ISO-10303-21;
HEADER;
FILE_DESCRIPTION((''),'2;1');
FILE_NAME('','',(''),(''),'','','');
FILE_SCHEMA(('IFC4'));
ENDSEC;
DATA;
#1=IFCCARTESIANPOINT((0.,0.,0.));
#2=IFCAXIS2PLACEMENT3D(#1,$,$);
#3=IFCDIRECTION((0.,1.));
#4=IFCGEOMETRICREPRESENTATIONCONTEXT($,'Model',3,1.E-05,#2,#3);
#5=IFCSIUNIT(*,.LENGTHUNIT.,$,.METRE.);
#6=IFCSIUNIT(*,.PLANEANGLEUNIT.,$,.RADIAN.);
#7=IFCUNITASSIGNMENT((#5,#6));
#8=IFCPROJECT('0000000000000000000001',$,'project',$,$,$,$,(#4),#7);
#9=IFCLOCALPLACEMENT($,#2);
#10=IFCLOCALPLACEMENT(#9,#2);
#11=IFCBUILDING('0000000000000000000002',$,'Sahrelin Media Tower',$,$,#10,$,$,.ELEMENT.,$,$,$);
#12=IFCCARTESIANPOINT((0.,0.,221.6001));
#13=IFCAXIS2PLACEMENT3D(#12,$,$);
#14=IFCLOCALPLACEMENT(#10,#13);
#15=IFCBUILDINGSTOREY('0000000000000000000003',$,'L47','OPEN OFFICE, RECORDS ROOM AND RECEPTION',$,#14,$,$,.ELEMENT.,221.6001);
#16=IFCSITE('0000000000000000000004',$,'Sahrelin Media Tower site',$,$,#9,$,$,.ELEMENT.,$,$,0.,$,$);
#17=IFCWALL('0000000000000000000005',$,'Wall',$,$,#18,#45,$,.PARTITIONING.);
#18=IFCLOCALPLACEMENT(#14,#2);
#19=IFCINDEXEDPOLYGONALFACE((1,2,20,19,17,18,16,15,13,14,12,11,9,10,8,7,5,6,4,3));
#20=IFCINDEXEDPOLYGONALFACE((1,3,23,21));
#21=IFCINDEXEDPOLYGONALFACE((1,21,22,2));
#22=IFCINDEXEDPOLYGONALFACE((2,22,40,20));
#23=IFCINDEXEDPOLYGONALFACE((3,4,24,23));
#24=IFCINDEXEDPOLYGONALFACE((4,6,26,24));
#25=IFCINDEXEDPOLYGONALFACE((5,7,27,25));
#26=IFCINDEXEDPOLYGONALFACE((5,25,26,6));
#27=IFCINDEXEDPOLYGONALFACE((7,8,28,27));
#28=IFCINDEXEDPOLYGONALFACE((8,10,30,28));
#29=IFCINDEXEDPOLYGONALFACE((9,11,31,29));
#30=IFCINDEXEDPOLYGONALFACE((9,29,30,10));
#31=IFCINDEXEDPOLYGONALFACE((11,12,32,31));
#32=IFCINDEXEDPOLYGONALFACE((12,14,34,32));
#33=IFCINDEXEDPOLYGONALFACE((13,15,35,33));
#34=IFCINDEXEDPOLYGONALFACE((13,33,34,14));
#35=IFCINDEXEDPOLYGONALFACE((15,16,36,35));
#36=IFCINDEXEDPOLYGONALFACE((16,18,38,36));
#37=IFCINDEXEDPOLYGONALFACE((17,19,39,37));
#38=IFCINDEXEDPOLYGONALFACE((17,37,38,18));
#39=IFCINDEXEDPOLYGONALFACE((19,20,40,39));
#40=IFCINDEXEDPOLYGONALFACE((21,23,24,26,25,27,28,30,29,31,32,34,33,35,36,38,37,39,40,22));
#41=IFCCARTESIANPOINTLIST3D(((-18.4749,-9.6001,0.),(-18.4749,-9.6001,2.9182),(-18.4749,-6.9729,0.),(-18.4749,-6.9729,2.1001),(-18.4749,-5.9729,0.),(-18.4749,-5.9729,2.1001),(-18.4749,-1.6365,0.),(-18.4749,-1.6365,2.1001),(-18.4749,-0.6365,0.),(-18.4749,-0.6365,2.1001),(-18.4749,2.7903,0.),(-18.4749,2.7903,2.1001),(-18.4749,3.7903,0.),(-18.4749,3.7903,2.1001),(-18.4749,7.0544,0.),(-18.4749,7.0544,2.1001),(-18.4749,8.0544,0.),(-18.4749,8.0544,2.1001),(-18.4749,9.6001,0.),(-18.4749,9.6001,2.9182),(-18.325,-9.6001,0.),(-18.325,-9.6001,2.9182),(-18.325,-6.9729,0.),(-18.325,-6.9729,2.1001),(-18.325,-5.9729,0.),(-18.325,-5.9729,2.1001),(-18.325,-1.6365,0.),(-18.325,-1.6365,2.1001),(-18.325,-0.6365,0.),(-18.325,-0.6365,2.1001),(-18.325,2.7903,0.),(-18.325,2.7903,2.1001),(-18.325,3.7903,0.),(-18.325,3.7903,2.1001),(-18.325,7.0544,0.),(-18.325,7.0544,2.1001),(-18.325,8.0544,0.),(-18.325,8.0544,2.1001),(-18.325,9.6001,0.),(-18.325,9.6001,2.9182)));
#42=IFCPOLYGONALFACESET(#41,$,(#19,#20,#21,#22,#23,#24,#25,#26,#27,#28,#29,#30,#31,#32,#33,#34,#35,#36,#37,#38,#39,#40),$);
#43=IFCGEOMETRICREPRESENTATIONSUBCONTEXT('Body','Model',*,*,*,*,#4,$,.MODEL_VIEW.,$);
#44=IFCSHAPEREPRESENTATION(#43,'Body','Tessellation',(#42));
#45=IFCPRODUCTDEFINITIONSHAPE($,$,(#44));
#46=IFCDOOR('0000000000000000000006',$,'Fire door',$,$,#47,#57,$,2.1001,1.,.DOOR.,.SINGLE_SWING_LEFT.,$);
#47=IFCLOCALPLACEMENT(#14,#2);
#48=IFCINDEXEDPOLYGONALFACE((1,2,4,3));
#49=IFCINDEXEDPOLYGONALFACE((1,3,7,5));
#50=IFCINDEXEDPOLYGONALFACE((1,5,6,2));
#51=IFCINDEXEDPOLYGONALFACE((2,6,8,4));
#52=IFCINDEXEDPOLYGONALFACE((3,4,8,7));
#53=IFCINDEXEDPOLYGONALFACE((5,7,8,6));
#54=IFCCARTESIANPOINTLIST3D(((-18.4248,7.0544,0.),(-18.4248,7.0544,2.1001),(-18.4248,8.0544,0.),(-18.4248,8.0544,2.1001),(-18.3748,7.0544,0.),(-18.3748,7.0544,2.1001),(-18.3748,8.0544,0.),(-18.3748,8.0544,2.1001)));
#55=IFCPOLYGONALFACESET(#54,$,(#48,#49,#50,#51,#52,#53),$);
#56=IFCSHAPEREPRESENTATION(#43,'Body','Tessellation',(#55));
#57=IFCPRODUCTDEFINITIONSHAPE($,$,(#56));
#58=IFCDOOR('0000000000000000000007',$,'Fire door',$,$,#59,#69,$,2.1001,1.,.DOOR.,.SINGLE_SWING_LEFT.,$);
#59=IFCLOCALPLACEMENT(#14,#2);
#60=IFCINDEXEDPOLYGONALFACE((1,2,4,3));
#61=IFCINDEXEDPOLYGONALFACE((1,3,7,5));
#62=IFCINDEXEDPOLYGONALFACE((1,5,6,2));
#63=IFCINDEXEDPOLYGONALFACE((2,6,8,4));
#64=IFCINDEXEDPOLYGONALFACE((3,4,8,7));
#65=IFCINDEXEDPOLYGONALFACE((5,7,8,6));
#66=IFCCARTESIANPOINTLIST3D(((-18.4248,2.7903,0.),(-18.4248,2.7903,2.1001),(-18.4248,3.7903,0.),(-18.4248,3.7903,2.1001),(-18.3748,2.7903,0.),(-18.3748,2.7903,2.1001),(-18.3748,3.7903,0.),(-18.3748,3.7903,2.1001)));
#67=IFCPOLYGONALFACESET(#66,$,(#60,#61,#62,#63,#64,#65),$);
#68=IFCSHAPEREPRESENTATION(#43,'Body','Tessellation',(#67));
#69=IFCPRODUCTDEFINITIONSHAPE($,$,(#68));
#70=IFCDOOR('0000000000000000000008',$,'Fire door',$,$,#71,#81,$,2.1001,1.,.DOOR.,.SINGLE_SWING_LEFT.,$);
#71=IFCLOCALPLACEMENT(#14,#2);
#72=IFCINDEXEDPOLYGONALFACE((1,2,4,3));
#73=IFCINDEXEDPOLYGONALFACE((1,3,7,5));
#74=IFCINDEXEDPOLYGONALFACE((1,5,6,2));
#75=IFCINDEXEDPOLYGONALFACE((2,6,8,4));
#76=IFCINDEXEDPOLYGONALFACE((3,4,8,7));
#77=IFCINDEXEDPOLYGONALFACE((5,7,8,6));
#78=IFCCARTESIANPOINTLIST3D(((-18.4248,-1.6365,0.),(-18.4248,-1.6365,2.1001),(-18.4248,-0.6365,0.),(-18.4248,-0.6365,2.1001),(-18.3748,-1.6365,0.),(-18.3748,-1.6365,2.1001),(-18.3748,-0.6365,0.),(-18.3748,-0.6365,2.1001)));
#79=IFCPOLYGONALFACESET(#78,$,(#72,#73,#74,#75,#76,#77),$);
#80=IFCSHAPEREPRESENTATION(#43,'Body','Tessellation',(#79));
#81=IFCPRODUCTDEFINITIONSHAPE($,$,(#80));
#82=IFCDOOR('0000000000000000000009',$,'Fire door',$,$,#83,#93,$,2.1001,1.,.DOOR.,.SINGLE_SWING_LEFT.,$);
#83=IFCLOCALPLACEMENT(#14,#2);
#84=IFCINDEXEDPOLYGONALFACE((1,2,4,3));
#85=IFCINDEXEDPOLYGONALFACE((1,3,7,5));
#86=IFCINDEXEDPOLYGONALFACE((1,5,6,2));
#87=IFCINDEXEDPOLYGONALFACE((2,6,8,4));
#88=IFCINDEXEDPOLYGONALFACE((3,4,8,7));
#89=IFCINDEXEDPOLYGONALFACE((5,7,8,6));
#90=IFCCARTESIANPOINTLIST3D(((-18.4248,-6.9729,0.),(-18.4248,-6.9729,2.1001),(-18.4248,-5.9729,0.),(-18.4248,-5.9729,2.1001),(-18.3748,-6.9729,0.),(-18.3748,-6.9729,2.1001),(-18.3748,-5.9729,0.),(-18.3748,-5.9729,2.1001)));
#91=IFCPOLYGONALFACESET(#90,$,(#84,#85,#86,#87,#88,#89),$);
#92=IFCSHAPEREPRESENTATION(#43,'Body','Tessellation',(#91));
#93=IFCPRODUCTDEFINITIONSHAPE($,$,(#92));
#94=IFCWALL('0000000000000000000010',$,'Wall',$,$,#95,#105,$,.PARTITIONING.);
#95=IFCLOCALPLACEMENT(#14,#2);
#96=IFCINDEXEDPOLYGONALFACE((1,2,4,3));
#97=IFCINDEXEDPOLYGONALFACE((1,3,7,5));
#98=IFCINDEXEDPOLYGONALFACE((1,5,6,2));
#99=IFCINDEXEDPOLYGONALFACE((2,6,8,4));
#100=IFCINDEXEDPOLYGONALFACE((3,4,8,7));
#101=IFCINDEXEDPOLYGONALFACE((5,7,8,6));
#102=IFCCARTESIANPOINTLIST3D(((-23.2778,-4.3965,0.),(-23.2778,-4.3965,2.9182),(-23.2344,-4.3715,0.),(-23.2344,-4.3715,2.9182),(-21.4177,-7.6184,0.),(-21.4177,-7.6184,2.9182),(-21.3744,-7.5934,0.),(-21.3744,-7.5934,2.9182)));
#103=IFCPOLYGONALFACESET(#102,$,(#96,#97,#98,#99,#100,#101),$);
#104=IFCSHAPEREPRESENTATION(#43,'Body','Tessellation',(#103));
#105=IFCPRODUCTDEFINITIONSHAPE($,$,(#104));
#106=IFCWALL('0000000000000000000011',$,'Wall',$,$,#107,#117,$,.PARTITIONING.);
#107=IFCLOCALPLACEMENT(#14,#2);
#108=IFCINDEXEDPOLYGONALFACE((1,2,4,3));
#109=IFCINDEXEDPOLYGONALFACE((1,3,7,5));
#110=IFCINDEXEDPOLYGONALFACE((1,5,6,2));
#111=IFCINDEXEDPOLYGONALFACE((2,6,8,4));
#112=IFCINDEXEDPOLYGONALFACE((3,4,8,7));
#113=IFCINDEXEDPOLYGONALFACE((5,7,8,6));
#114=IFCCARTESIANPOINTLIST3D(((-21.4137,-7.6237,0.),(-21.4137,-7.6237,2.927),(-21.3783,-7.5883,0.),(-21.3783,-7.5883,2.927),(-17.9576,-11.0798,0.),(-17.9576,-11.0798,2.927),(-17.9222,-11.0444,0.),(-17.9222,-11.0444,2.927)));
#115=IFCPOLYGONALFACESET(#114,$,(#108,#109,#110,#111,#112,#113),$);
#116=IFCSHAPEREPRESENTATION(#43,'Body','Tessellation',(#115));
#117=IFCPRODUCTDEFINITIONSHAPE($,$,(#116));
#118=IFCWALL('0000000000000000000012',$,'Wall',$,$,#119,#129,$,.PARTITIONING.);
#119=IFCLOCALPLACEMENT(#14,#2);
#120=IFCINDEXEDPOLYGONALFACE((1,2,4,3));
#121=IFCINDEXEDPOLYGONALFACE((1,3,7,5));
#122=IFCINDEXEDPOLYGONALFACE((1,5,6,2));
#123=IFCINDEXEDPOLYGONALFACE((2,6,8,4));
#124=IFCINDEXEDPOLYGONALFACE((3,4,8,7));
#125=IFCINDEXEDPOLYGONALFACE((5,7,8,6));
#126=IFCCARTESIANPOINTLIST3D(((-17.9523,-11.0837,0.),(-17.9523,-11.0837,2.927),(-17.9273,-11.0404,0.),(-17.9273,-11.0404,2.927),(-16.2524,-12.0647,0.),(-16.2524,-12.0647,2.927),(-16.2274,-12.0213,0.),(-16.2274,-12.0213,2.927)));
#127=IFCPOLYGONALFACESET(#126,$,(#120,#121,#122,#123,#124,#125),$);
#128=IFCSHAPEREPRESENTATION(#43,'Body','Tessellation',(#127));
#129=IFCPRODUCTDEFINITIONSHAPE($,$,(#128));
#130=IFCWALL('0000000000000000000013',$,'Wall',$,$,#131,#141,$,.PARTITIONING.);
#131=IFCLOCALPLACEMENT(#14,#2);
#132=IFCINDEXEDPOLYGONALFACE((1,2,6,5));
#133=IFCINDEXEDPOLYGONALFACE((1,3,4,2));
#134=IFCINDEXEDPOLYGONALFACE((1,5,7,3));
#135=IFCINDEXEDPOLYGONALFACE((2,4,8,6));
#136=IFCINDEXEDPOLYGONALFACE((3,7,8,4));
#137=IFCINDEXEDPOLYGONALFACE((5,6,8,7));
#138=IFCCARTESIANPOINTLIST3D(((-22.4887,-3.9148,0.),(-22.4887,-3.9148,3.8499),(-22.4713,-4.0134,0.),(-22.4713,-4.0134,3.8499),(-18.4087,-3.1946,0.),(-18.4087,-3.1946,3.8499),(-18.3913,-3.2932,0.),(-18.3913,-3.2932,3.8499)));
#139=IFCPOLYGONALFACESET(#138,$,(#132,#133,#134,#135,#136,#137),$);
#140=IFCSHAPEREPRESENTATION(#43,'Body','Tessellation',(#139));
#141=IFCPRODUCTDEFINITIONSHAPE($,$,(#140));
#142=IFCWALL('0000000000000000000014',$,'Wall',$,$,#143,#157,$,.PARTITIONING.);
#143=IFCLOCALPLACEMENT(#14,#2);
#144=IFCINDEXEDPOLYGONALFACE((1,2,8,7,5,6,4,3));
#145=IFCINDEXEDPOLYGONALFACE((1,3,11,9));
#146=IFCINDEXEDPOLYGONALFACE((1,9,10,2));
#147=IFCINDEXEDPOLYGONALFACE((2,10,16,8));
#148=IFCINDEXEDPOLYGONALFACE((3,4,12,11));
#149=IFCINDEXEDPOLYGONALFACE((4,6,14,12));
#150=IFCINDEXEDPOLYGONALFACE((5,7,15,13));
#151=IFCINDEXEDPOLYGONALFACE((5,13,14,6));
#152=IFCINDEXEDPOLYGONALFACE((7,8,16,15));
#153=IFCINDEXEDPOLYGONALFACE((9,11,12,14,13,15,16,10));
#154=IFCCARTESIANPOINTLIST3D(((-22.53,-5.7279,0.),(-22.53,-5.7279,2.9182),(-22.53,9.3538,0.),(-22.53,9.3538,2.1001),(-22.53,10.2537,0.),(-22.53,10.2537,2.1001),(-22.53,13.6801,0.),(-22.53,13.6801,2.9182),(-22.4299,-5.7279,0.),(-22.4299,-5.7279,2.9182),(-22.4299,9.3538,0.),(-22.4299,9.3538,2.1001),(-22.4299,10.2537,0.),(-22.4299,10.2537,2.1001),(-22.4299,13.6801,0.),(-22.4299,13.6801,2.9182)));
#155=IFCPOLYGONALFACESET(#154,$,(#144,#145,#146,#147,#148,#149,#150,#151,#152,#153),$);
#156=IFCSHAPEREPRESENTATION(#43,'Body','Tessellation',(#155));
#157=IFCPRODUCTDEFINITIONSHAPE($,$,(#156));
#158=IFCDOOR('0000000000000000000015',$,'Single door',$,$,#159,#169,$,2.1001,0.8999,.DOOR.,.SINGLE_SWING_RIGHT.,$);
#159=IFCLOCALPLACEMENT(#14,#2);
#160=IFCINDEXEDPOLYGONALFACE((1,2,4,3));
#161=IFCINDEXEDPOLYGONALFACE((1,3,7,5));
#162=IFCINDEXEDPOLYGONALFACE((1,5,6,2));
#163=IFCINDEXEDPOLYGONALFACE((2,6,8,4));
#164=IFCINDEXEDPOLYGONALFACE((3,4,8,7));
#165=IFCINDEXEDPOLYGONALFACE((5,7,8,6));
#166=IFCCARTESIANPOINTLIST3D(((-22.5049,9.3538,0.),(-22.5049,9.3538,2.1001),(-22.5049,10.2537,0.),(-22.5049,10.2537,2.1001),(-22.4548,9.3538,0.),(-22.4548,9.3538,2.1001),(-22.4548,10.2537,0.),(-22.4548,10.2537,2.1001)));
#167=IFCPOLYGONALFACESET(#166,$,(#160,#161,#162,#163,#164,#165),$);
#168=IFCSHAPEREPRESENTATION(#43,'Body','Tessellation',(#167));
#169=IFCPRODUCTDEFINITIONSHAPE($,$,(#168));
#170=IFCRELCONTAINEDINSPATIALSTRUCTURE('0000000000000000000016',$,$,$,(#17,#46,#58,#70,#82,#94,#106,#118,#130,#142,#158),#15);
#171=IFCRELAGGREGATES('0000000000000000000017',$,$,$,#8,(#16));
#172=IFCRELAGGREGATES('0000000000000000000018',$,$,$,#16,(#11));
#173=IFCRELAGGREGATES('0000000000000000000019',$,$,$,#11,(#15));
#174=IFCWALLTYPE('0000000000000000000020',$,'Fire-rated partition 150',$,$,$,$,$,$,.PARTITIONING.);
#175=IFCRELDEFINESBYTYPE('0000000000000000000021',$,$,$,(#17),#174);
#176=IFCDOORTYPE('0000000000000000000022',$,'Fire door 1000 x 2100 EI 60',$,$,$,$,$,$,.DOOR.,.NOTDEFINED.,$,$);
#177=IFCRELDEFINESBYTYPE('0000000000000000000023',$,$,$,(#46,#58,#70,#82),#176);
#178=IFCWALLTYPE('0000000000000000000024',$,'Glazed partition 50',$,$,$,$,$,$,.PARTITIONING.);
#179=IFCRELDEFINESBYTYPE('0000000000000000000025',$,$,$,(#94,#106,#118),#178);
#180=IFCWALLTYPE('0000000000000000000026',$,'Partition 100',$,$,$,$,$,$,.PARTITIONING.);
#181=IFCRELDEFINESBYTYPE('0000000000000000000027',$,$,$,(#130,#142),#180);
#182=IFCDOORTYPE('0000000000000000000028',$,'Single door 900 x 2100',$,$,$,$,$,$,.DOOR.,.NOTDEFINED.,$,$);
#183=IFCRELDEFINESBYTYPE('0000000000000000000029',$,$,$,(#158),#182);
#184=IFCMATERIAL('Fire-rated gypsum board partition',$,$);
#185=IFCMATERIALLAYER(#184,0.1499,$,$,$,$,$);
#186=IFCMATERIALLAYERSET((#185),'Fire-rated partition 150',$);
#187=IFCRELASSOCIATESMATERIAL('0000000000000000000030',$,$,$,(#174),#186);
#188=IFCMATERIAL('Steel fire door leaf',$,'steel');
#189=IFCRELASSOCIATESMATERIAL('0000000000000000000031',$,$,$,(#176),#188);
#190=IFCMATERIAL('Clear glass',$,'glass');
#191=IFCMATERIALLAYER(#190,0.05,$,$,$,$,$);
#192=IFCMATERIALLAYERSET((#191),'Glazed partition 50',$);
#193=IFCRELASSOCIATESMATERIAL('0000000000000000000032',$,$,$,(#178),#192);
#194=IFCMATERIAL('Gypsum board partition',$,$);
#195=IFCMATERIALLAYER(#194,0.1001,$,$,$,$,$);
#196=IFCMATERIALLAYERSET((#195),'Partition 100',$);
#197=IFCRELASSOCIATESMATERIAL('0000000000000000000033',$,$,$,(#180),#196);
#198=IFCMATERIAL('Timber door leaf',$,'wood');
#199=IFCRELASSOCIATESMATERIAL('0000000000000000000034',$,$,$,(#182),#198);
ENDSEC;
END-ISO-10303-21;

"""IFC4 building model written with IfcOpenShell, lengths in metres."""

from ifc_helpers import new_model, si_unit, direction, frame, frame_2d, origin, place, context, subcontext, project, spatial, rectangle, extrude, material, layer, layer_set, type_object, element, fill, save


model = new_model("IFC4")

# Units and contexts
model_context = context("Model", 3, precision=1e-05, world=origin(), true_north=direction((0.0, 1.0)))
body_context = subcontext(model_context, "Body", "Model", "MODEL_VIEW")
ifc_project = project(units=[si_unit("LENGTHUNIT", "METRE"), si_unit("PLANEANGLEUNIT", "RADIAN")], contexts=[model_context])

# Site, building, storey
site_placement = place(None, origin())
site = spatial("IfcSite", under=ifc_project, at=site_placement, Name="Sahrelin Media Tower site", CompositionType="ELEMENT", RefElevation=0.0)
building_placement = place(site_placement, origin())
building = spatial("IfcBuilding", under=site, at=building_placement, Name="Sahrelin Media Tower", CompositionType="ELEMENT")
storey_placement = place(building_placement, frame((0.0, 0.0, 221.6001)))
storey = spatial("IfcBuildingStorey", under=building, at=storey_placement, Name="L47", Description="OPEN OFFICE, RECORDS ROOM AND RECEPTION", CompositionType="ELEMENT", Elevation=221.6001)

# Shared definitions
ifc_material_1 = material(Name="Fire-rated gypsum board partition")
ifc_layer_1 = layer(ifc_material_1, 0.1499)
ifc_layer_set_1 = layer_set([ifc_layer_1], Name="Fire-rated partition 150")
wall_type_1 = type_object("IfcWallType", Name="Fire-rated partition 150", PredefinedType="PARTITIONING", material=ifc_layer_set_1)

# Shared definitions
ifc_material_2 = material(Name="Steel fire door leaf", Category="steel")
door_type_1 = type_object("IfcDoorType", Name="Fire door 1000 x 2100 EI 60", OperationType="NOTDEFINED", PredefinedType="DOOR", material=ifc_material_2)

# Wall, openings, doors
wall_1_placement = place(storey_placement, frame((-18.3999, -9.6001, 0.0), z_axis=(0.0, 0.0, 1.0), x_axis=(0.0, 1.0, 0.0)))
wall_1 = element("IfcWall", 1, at=wall_1_placement, inside=storey, type_object=wall_type_1, Name="Wall", PredefinedType="PARTITIONING", context=body_context, shape_type="SweptSolid", body=[
    extrude(rectangle(XDim=19.2002, YDim=0.1499, at=frame_2d((9.6001, 0.0))), origin(), (0.0, 0.0, 1.0), 2.9182),
])
opening_1_placement = place(wall_1_placement, frame((16.6545, 0.0, 0.0)))
opening_1 = element("IfcOpeningElement", 2, at=opening_1_placement, cuts=wall_1, PredefinedType="OPENING", context=body_context, shape_type="SweptSolid", body=[
    extrude(rectangle(XDim=1.0, YDim=2.1001, at=frame_2d((0.5, 1.05))), frame((0.0, 0.075, 0.0), z_axis=(0.0, -1.0, 0.0), x_axis=(1.0, 0.0, 0.0)), (0.0, 0.0, 1.0), 0.1499),
])
opening_2_placement = place(wall_1_placement, frame((12.3904, 0.0, 0.0)))
opening_2 = element("IfcOpeningElement", 3, at=opening_2_placement, cuts=wall_1, PredefinedType="OPENING", context=body_context, shape_type="SweptSolid", body=[
    extrude(rectangle(XDim=1.0, YDim=2.1001, at=frame_2d((0.5, 1.05))), frame((0.0, 0.075, 0.0), z_axis=(0.0, -1.0, 0.0), x_axis=(1.0, 0.0, 0.0)), (0.0, 0.0, 1.0), 0.1499),
])
opening_3_placement = place(wall_1_placement, frame((7.9636, 0.0, 0.0)))
opening_3 = element("IfcOpeningElement", 4, at=opening_3_placement, cuts=wall_1, PredefinedType="OPENING", context=body_context, shape_type="SweptSolid", body=[
    extrude(rectangle(XDim=1.0, YDim=2.1001, at=frame_2d((0.5, 1.05))), frame((0.0, 0.075, 0.0), z_axis=(0.0, -1.0, 0.0), x_axis=(1.0, 0.0, 0.0)), (0.0, 0.0, 1.0), 0.1499),
])
opening_4_placement = place(wall_1_placement, frame((2.6272, 0.0, 0.0)))
opening_4 = element("IfcOpeningElement", 5, at=opening_4_placement, cuts=wall_1, PredefinedType="OPENING", context=body_context, shape_type="SweptSolid", body=[
    extrude(rectangle(XDim=1.0, YDim=2.1001, at=frame_2d((0.5, 1.05))), frame((0.0, 0.075, 0.0), z_axis=(0.0, -1.0, 0.0), x_axis=(1.0, 0.0, 0.0)), (0.0, 0.0, 1.0), 0.1499),
])
door_1_placement = place(opening_1_placement, origin())
door_1 = element("IfcDoor", 6, at=door_1_placement, inside=storey, type_object=door_type_1, Name="Fire door", OperationType="SINGLE_SWING_LEFT", OverallHeight=2.1001, OverallWidth=1.0, PredefinedType="DOOR", context=body_context, shape_type="SweptSolid", body=[
    extrude(rectangle(XDim=1.0, YDim=2.1001, at=frame_2d((0.5, 1.05))), frame((0.0, 0.0249, 0.0), z_axis=(0.0, -1.0, 0.0), x_axis=(1.0, 0.0, 0.0)), (0.0, 0.0, 1.0), 0.05),
])
fill(opening_1, door_1)
door_2_placement = place(opening_2_placement, origin())
door_2 = element("IfcDoor", 7, at=door_2_placement, inside=storey, type_object=door_type_1, Name="Fire door", OperationType="SINGLE_SWING_LEFT", OverallHeight=2.1001, OverallWidth=1.0, PredefinedType="DOOR", context=body_context, shape_type="SweptSolid", body=[
    extrude(rectangle(XDim=1.0, YDim=2.1001, at=frame_2d((0.5, 1.05))), frame((0.0, 0.0249, 0.0), z_axis=(0.0, -1.0, 0.0), x_axis=(1.0, 0.0, 0.0)), (0.0, 0.0, 1.0), 0.05),
])
fill(opening_2, door_2)
door_3_placement = place(opening_3_placement, origin())
door_3 = element("IfcDoor", 8, at=door_3_placement, inside=storey, type_object=door_type_1, Name="Fire door", OperationType="SINGLE_SWING_LEFT", OverallHeight=2.1001, OverallWidth=1.0, PredefinedType="DOOR", context=body_context, shape_type="SweptSolid", body=[
    extrude(rectangle(XDim=1.0, YDim=2.1001, at=frame_2d((0.5, 1.05))), frame((0.0, 0.0249, 0.0), z_axis=(0.0, -1.0, 0.0), x_axis=(1.0, 0.0, 0.0)), (0.0, 0.0, 1.0), 0.05),
])
fill(opening_3, door_3)
door_4_placement = place(opening_4_placement, origin())
door_4 = element("IfcDoor", 9, at=door_4_placement, inside=storey, type_object=door_type_1, Name="Fire door", OperationType="SINGLE_SWING_LEFT", OverallHeight=2.1001, OverallWidth=1.0, PredefinedType="DOOR", context=body_context, shape_type="SweptSolid", body=[
    extrude(rectangle(XDim=1.0, YDim=2.1001, at=frame_2d((0.5, 1.05))), frame((0.0, 0.0249, 0.0), z_axis=(0.0, -1.0, 0.0), x_axis=(1.0, 0.0, 0.0)), (0.0, 0.0, 1.0), 0.05),
])
fill(opening_4, door_4)

# Walls
ifc_material_3 = material(Name="Clear glass", Category="glass")
ifc_layer_2 = layer(ifc_material_3, 0.05)
ifc_layer_set_2 = layer_set([ifc_layer_2], Name="Glazed partition 50")
wall_type_2 = type_object("IfcWallType", Name="Glazed partition 50", PredefinedType="PARTITIONING", material=ifc_layer_set_2)
wall_2_placement = place(storey_placement, frame((-23.2561, -4.384, 0.0), z_axis=(0.0, 0.0, 1.0), x_axis=(0.499986, -0.866034, 0.0)))
element("IfcWall", 10, at=wall_2_placement, inside=storey, type_object=wall_type_2, Name="Wall", PredefinedType="PARTITIONING", context=body_context, shape_type="SweptSolid", body=[
    extrude(rectangle(XDim=3.7202, YDim=0.05, at=frame_2d((1.8601, 0.0))), origin(), (0.0, 0.0, 1.0), 2.9182),
])
wall_3_placement = place(storey_placement, frame((-21.396, -7.606, 0.0), z_axis=(0.0, 0.0, 1.0), x_axis=(0.707107, -0.707107, 0.0)))
element("IfcWall", 11, at=wall_3_placement, inside=storey, type_object=wall_type_2, Name="Wall", PredefinedType="PARTITIONING", context=body_context, shape_type="SweptSolid", body=[
    extrude(rectangle(XDim=4.8877, YDim=0.05, at=frame_2d((2.4438, 0.0))), origin(), (0.0, 0.0, 1.0), 2.927),
])
wall_4_placement = place(storey_placement, frame((-17.9399, -11.062, 0.0), z_axis=(0.0, 0.0, 1.0), x_axis=(0.866138, -0.499805, 0.0)))
element("IfcWall", 12, at=wall_4_placement, inside=storey, type_object=wall_type_2, Name="Wall", PredefinedType="PARTITIONING", context=body_context, shape_type="SweptSolid", body=[
    extrude(rectangle(XDim=1.9626, YDim=0.05, at=frame_2d((0.9814, 0.0))), origin(), (0.0, 0.0, 1.0), 2.927),
])
ifc_material_4 = material(Name="Gypsum board partition")
ifc_layer_3 = layer(ifc_material_4, 0.1001)
ifc_layer_set_3 = layer_set([ifc_layer_3], Name="Partition 100")
wall_type_3 = type_object("IfcWallType", Name="Partition 100", PredefinedType="PARTITIONING", material=ifc_layer_set_3)
wall_5_placement = place(storey_placement, frame((-22.48, -3.9641, 0.0), z_axis=(0.0, 0.0, 1.0), x_axis=(0.984775, 0.173832, 0.0)))
element("IfcWall", 13, at=wall_5_placement, inside=storey, type_object=wall_type_3, Name="Wall", PredefinedType="PARTITIONING", context=body_context, shape_type="SweptSolid", body=[
    extrude(rectangle(XDim=4.1431, YDim=0.1001, at=frame_2d((2.0715, 0.0))), origin(), (0.0, 0.0, 1.0), 3.8499),
])

# Wall, opening, door
wall_6_placement = place(storey_placement, frame((-22.48, -5.728, 0.0), z_axis=(0.0, 0.0, 1.0), x_axis=(0.0, 1.0, 0.0)))
wall_6 = element("IfcWall", 14, at=wall_6_placement, inside=storey, type_object=wall_type_3, Name="Wall", PredefinedType="PARTITIONING", context=body_context, shape_type="SweptSolid", body=[
    extrude(rectangle(XDim=19.408, YDim=0.1001, at=frame_2d((9.7041, 0.0))), origin(), (0.0, 0.0, 1.0), 2.9182),
])
opening_5_placement = place(wall_6_placement, frame((15.0818, 0.0, 0.0)))
opening_5 = element("IfcOpeningElement", 15, at=opening_5_placement, cuts=wall_6, PredefinedType="OPENING", context=body_context, shape_type="SweptSolid", body=[
    extrude(rectangle(XDim=0.8999, YDim=2.1001, at=frame_2d((0.45, 1.05))), frame((0.0, 0.05, 0.0), z_axis=(0.0, -1.0, 0.0), x_axis=(1.0, 0.0, 0.0)), (0.0, 0.0, 1.0), 0.1001),
])
ifc_material_5 = material(Name="Timber door leaf", Category="wood")
door_type_2 = type_object("IfcDoorType", Name="Single door 900 x 2100", OperationType="NOTDEFINED", PredefinedType="DOOR", material=ifc_material_5)
door_5_placement = place(opening_5_placement, origin())
door_5 = element("IfcDoor", 16, at=door_5_placement, inside=storey, type_object=door_type_2, Name="Single door", OperationType="SINGLE_SWING_RIGHT", OverallHeight=2.1001, OverallWidth=0.8999, PredefinedType="DOOR", context=body_context, shape_type="SweptSolid", body=[
    extrude(rectangle(XDim=0.8999, YDim=2.1001, at=frame_2d((0.45, 1.05))), frame((0.0, 0.0249, 0.0), z_axis=(0.0, -1.0, 0.0), x_axis=(1.0, 0.0, 0.0)), (0.0, 0.0, 1.0), 0.05),
])
fill(opening_5, door_5)

save(model, "model.ifc")
